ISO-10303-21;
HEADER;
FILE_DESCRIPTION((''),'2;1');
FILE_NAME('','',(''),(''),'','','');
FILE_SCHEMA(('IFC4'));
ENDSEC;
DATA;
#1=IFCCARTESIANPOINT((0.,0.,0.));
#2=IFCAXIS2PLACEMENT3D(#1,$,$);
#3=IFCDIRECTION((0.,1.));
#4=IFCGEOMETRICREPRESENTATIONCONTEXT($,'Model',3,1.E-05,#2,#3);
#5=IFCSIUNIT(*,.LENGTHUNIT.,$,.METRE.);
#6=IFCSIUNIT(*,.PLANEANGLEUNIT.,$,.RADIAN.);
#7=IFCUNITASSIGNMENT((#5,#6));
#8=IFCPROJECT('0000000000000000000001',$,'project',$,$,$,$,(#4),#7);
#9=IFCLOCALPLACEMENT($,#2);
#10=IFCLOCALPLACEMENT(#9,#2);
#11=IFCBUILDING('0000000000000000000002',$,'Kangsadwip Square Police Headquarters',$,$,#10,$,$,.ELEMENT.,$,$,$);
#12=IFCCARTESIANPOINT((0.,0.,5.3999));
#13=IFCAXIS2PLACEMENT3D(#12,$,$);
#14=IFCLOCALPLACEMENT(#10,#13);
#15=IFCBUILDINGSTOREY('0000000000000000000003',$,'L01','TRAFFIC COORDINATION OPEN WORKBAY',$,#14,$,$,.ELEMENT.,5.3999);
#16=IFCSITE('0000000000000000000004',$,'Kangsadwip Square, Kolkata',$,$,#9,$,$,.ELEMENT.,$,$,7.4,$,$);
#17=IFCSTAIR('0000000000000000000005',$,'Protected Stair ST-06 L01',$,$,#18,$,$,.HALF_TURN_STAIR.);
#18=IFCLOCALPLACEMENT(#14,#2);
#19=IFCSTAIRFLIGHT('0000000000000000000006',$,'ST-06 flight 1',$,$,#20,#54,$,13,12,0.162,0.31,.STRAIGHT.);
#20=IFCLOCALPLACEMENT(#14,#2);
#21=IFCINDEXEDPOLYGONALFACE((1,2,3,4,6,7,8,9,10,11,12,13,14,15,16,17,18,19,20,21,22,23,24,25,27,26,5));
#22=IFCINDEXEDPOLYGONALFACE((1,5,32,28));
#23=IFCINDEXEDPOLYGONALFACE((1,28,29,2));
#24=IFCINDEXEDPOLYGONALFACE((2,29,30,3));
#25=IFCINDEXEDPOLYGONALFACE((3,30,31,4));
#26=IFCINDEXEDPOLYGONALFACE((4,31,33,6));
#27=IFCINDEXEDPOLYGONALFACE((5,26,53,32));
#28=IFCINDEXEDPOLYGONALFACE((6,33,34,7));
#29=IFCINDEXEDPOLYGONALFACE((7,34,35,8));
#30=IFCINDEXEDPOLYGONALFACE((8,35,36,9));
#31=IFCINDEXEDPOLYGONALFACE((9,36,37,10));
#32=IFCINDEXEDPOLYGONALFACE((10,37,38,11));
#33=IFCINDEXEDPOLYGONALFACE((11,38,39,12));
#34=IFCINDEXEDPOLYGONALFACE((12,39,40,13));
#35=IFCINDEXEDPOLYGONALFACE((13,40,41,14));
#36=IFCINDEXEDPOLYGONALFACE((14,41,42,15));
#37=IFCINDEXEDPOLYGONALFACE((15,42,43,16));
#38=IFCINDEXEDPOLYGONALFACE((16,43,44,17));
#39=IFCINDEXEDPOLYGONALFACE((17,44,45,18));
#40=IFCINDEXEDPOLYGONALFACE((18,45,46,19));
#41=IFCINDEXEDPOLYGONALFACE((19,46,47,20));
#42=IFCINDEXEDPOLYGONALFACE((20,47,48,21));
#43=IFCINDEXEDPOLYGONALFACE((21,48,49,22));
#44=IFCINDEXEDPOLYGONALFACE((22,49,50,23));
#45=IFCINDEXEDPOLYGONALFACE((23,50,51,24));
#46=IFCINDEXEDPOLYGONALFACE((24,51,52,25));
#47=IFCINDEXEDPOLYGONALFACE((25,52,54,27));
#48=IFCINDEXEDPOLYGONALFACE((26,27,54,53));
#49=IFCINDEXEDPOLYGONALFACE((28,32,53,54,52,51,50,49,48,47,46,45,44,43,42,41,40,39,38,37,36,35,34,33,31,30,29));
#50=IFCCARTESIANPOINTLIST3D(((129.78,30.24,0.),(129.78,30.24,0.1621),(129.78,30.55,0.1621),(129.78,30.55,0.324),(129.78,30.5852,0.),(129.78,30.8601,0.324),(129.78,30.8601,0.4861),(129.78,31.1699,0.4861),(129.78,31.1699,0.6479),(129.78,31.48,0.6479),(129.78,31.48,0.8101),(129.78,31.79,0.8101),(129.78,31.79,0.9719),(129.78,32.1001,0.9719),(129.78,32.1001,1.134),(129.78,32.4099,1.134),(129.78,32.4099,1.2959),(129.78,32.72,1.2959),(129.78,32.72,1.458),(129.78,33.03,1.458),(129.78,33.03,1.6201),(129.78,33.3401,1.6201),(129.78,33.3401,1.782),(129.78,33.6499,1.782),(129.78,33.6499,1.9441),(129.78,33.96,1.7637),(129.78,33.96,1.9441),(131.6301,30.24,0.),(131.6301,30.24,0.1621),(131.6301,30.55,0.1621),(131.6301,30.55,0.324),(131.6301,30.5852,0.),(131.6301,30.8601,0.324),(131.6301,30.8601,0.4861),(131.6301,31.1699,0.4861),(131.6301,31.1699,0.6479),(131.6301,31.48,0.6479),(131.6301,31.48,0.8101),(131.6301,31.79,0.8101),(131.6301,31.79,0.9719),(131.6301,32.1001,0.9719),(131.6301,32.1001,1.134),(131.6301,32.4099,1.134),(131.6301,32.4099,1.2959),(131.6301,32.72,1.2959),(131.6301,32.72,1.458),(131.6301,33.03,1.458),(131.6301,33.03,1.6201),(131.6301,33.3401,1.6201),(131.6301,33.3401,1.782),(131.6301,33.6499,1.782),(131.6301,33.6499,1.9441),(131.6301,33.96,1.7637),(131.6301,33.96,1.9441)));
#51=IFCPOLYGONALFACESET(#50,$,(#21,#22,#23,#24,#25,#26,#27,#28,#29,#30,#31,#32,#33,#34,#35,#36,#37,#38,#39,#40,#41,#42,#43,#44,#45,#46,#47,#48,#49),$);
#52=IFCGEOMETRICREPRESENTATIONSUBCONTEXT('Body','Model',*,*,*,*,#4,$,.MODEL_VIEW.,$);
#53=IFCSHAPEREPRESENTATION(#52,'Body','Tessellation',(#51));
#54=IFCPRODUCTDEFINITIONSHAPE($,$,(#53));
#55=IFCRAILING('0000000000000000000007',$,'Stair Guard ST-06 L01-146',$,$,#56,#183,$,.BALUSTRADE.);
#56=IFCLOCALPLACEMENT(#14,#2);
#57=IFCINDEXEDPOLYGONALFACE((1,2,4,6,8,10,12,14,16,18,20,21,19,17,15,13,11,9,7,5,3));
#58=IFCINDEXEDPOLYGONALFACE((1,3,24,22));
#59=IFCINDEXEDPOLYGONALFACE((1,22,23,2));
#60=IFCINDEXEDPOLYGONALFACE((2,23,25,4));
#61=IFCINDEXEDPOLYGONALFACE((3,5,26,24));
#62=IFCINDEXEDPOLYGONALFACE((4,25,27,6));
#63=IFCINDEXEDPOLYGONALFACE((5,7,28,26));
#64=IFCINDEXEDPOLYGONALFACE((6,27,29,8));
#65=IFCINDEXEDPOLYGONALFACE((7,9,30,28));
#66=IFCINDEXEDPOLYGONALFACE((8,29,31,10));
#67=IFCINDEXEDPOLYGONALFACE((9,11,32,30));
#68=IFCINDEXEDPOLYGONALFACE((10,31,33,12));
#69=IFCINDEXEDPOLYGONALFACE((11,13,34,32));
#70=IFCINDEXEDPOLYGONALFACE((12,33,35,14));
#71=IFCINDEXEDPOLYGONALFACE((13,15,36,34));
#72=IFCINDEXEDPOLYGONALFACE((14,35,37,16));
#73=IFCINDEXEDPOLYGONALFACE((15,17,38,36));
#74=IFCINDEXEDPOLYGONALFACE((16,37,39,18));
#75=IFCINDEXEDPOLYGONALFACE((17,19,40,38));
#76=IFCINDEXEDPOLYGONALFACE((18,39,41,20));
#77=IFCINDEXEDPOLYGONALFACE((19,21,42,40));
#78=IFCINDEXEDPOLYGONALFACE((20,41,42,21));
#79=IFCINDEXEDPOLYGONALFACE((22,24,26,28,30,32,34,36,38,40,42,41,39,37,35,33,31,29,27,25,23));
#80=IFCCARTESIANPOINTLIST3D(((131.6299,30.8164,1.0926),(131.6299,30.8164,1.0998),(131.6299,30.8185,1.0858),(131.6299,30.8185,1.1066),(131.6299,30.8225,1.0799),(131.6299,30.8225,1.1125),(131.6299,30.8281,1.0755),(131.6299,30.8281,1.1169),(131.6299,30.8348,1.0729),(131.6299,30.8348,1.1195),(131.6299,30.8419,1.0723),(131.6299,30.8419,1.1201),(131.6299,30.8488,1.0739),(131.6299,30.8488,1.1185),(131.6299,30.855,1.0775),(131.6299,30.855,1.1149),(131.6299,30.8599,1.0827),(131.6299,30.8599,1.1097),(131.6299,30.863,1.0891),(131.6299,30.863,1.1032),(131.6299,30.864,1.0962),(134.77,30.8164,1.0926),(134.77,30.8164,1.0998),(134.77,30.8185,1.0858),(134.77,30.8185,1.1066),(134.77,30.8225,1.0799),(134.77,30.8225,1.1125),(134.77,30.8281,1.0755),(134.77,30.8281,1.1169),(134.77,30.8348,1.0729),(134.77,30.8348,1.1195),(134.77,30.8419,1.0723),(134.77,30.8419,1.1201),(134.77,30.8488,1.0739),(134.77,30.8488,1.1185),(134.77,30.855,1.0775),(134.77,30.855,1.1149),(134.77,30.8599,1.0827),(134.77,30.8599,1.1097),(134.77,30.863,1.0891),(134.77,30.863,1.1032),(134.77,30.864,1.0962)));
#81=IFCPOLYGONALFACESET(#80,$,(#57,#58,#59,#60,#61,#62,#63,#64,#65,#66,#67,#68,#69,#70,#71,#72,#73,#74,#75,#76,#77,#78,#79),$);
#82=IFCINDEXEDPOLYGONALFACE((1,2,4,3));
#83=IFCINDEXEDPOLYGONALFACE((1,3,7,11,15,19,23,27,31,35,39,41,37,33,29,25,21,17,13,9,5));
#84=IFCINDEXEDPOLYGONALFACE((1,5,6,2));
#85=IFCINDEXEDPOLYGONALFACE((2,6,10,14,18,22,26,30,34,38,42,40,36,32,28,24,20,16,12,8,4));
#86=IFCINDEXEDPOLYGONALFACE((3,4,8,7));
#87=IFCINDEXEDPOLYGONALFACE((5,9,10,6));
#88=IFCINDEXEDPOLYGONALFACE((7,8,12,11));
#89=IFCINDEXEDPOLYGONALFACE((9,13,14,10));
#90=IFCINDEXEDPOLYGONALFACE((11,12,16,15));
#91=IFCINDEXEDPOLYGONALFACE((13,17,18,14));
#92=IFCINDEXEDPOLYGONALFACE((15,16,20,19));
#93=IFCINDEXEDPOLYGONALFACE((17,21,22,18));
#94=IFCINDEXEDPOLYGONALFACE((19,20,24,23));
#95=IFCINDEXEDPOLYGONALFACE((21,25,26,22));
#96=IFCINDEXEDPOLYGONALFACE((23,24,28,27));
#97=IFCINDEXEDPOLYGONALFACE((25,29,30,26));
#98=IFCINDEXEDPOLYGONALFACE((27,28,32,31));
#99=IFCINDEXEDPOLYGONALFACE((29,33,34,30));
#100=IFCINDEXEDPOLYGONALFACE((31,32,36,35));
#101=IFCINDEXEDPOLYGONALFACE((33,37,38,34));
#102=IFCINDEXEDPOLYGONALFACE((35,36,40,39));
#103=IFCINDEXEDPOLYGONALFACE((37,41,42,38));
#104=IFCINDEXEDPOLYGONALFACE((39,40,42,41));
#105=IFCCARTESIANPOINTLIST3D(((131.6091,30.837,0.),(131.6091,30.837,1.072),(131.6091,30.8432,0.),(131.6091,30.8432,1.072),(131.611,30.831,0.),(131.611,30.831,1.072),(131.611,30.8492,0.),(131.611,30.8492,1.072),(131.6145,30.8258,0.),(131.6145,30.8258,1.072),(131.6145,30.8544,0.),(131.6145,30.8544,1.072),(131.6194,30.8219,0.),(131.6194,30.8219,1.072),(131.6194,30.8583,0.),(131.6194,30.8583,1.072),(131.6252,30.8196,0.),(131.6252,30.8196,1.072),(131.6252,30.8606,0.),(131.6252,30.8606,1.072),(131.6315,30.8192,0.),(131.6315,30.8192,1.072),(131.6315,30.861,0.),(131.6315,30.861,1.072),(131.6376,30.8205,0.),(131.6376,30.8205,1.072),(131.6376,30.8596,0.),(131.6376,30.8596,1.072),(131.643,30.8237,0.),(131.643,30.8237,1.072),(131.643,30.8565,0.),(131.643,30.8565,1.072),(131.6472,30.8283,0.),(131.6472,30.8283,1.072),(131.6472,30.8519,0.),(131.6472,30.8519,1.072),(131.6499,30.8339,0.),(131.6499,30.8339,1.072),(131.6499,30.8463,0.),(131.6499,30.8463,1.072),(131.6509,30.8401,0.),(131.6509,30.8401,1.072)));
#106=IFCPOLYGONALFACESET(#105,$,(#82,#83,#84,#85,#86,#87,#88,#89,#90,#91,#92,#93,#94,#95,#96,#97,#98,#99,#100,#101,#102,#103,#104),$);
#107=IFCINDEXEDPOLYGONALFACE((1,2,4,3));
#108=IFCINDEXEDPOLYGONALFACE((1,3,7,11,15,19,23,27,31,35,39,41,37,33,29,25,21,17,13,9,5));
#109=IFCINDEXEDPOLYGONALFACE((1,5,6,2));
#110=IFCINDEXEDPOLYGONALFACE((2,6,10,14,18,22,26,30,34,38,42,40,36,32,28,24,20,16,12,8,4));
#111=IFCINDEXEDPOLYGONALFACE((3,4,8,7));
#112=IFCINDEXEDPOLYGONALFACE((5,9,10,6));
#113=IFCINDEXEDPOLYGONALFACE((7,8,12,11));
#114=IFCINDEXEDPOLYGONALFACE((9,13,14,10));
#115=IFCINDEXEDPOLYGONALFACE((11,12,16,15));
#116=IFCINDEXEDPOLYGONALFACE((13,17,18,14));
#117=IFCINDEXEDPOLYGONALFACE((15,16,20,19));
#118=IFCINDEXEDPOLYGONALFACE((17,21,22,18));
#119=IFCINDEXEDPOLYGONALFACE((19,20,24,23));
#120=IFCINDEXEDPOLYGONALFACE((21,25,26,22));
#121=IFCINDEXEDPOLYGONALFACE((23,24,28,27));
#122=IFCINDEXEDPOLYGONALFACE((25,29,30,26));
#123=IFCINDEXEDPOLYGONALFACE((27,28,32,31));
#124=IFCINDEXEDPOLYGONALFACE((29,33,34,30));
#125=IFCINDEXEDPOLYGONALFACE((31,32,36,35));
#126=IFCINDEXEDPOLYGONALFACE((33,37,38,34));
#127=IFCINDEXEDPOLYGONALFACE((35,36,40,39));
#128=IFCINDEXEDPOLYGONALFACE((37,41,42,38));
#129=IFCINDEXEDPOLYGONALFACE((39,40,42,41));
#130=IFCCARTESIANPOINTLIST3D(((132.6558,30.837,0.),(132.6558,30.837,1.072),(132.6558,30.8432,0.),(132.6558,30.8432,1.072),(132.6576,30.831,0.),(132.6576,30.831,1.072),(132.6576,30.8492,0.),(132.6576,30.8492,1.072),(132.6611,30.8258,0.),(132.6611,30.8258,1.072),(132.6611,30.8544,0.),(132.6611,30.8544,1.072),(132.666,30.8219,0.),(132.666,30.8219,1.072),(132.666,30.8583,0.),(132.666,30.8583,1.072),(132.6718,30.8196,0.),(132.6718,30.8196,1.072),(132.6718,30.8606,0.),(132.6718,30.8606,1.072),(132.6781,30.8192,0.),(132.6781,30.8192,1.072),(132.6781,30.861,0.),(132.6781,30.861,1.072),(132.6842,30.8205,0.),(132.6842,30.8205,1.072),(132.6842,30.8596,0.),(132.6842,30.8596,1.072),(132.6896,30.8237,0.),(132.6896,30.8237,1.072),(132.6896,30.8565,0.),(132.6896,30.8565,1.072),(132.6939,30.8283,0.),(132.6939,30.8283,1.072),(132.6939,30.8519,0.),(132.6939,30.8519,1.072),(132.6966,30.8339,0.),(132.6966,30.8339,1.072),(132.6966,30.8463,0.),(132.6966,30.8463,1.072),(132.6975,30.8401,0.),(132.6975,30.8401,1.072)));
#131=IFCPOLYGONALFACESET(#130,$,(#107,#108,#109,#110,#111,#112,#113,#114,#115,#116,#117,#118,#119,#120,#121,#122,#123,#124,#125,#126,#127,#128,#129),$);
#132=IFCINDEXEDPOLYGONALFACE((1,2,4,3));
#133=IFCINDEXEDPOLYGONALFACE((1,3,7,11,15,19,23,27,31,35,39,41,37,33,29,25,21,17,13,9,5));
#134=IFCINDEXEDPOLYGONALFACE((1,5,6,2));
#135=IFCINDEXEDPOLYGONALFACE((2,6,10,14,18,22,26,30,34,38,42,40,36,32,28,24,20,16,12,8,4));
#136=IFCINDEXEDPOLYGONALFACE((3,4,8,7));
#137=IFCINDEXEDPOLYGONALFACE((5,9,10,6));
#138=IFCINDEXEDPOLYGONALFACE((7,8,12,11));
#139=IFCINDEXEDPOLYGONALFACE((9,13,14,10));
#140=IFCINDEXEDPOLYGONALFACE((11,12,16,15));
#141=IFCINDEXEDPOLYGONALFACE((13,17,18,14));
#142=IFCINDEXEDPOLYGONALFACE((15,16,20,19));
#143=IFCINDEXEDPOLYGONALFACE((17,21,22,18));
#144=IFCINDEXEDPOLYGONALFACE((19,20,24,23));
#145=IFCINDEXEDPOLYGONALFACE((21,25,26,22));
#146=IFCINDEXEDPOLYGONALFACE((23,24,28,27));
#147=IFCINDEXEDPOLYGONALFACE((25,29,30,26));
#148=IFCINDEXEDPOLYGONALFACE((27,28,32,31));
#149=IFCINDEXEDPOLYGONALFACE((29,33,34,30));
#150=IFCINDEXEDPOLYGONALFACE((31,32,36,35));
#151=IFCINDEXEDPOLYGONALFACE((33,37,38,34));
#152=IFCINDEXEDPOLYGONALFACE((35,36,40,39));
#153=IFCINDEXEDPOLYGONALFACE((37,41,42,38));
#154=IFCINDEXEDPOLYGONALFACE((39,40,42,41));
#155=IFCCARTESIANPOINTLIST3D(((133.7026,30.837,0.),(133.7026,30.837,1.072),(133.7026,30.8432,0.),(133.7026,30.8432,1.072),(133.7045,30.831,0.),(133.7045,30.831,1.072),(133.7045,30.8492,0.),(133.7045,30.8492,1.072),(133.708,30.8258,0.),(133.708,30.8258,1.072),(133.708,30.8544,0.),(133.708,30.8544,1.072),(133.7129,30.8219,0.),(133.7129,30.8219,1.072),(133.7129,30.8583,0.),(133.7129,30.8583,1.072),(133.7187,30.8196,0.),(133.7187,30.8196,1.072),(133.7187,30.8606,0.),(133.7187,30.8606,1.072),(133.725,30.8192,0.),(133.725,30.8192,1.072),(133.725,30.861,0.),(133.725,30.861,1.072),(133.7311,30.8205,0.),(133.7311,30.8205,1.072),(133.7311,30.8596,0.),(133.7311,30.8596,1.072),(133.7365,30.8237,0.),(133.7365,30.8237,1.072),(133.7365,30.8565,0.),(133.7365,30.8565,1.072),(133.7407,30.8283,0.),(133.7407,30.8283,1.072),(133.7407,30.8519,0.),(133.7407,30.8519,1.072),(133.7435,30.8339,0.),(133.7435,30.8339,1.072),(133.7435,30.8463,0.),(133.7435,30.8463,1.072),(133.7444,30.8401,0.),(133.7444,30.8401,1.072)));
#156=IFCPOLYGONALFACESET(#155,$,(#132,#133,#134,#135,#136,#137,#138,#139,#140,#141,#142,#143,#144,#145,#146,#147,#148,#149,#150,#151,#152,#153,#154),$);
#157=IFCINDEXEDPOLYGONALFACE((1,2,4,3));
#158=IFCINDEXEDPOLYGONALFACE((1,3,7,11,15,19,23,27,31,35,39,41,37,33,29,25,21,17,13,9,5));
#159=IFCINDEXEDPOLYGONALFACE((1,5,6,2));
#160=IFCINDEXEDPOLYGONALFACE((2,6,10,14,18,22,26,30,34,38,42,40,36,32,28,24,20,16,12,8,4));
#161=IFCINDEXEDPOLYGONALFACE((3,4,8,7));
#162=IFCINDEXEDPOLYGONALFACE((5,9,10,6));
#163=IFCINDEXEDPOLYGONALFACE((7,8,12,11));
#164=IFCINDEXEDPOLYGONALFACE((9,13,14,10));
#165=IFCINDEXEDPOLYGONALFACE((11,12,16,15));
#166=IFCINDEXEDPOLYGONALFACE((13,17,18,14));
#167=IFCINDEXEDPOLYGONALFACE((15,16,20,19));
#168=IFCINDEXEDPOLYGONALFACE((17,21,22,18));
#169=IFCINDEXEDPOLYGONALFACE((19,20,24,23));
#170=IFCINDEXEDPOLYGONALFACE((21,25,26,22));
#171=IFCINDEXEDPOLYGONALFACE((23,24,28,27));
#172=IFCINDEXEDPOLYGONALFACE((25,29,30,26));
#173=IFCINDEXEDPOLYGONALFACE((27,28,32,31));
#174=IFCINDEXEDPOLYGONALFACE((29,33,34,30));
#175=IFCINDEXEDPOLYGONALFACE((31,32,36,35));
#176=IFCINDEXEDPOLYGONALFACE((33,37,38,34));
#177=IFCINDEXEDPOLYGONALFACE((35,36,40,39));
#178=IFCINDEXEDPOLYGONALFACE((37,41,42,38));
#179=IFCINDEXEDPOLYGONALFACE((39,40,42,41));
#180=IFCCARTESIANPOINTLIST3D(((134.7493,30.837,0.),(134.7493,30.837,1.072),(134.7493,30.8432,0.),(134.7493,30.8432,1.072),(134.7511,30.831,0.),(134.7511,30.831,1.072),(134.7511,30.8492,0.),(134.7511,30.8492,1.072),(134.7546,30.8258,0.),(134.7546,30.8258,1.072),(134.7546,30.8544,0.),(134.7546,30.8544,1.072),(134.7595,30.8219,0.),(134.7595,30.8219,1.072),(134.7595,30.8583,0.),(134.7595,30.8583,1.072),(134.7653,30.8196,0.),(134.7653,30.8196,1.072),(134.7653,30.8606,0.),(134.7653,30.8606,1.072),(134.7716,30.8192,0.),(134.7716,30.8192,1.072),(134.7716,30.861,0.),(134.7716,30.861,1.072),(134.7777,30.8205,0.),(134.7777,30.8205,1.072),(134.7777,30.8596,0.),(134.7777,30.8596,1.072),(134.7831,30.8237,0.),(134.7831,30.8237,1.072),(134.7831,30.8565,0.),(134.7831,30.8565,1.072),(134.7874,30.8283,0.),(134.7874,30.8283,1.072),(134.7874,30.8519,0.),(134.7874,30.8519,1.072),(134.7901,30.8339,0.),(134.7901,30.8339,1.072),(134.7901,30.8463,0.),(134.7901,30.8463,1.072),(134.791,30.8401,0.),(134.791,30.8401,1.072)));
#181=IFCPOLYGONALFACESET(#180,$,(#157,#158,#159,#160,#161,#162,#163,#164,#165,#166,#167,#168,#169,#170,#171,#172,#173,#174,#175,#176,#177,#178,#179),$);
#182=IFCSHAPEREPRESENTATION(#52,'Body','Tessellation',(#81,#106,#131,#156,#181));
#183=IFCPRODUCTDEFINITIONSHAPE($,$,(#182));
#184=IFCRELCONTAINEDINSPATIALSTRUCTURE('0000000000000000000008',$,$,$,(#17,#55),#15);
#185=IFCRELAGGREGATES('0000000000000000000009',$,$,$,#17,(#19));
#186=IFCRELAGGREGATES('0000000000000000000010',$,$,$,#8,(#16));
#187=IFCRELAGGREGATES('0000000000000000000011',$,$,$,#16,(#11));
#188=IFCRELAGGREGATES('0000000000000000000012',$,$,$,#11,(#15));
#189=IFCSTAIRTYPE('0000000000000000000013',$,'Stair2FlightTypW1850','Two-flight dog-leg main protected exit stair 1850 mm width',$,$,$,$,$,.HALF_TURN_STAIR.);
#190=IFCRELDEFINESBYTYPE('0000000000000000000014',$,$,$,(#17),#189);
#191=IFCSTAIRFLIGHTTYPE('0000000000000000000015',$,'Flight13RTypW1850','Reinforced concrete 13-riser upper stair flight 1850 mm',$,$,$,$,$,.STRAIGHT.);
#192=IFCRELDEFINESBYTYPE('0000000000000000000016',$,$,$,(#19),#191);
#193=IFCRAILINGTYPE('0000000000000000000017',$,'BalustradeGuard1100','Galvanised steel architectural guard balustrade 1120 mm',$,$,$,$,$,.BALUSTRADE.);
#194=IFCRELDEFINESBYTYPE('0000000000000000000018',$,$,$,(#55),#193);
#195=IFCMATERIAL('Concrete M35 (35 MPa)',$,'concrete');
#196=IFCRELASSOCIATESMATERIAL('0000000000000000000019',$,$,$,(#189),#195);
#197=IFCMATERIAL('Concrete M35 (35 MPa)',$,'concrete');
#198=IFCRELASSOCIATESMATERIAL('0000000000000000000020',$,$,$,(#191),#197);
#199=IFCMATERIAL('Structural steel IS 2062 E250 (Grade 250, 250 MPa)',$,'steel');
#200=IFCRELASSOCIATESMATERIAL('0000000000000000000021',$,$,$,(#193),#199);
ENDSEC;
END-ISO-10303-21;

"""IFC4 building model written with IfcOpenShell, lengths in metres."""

from ifc_helpers import new_model, si_unit, direction, frame, origin, origin_2d, place, context, subcontext, project, spatial, polyline, circle, outline, extrude, material, type_object, element, aggregate, save


model = new_model("IFC4")

# Units and contexts
model_context = context("Model", 3, precision=1e-05, world=origin(), true_north=direction((0.0, 1.0)))
body_context = subcontext(model_context, "Body", "Model", "MODEL_VIEW")
ifc_project = project(units=[si_unit("LENGTHUNIT", "METRE"), si_unit("PLANEANGLEUNIT", "RADIAN")], contexts=[model_context])

# Site, building, storey
site_placement = place(None, origin())
site = spatial("IfcSite", under=ifc_project, at=site_placement, Name="Kangsadwip Square, Kolkata", CompositionType="ELEMENT", RefElevation=7.4)
building_placement = place(site_placement, origin())
building = spatial("IfcBuilding", under=site, at=building_placement, Name="Kangsadwip Square Police Headquarters", CompositionType="ELEMENT")
storey_placement = place(building_placement, frame((0.0, 0.0, 5.3999)))
storey = spatial("IfcBuildingStorey", under=building, at=storey_placement, Name="L01", Description="TRAFFIC COORDINATION OPEN WORKBAY", CompositionType="ELEMENT", Elevation=5.3999)

# Stair, stair flight
ifc_material_1 = material(Name="Concrete M35 (35 MPa)", Category="concrete")
stair_type = type_object("IfcStairType", Name="Stair2FlightTypW1850", Description="Two-flight dog-leg main protected exit stair 1850 mm width", PredefinedType="HALF_TURN_STAIR", material=ifc_material_1)
stair_placement = place(storey_placement, origin())
stair = element("IfcStair", 1, at=stair_placement, inside=storey, type_object=stair_type, Name="Protected Stair ST-06 L01", PredefinedType="HALF_TURN_STAIR")
ifc_material_2 = material(Name="Concrete M35 (35 MPa)", Category="concrete")
stair_flight_type = type_object("IfcStairFlightType", Name="Flight13RTypW1850", Description="Reinforced concrete 13-riser upper stair flight 1850 mm", PredefinedType="STRAIGHT", material=ifc_material_2)
stair_flight_placement = place(storey_placement, frame((130.7051, 30.24, 0.0), z_axis=(0.0, 0.0, 1.0), x_axis=(0.0, 1.0, 0.0)))
stair_flight = element("IfcStairFlight", 2, at=stair_flight_placement, type_object=stair_flight_type, Name="ST-06 flight 1", NumberOfRisers=13, NumberOfTreads=12, PredefinedType="STRAIGHT", RiserHeight=0.162, TreadLength=0.31, context=body_context, shape_type="SweptSolid", body=[
    extrude(outline(polyline([(0.0, 0.0), (0.0, 0.1621), (0.3101, 0.1621), (0.3101, 0.324), (0.6201, 0.324), (0.6201, 0.4861), (0.9299, 0.4861), (0.9299, 0.6479), (1.24, 0.6479), (1.24, 0.8101), (1.55, 0.8101), (1.55, 0.9719), (1.8601, 0.9719), (1.8601, 1.134), (2.1699, 1.134), (2.1699, 1.2959), (2.48, 1.2959), (2.48, 1.458), (2.79, 1.458), (2.79, 1.6201), (3.1001, 1.6201), (3.1001, 1.782), (3.4099, 1.782), (3.4099, 1.9441), (3.72, 1.9441), (3.72, 2.106), (3.72, 1.7637), (0.3452, 0.0), (0.0, 0.0)])), frame((0.0, 0.925, 0.0), z_axis=(0.0, -1.0, 0.0), x_axis=(1.0, 0.0, 0.0)), (0.0, 0.0, 1.0), 1.8501),
])
aggregate(stair, [stair_flight])

# Railing
ifc_material_3 = material(Name="Structural steel IS 2062 E250 (Grade 250, 250 MPa)", Category="steel")
railing_type_1 = type_object("IfcRailingType", Name="BalustradeGuard1100", Description="Galvanised steel architectural guard balustrade 1120 mm", PredefinedType="BALUSTRADE", material=ifc_material_3)
for number, where, name in (
    (3, (131.6299, 30.8401, 0.0), "Stair Guard ST-06 L01-146"),
):
    element("IfcRailing", number, at=place(storey_placement, frame(where)), inside=storey, type_object=railing_type_1, Name=name, PredefinedType="BALUSTRADE", context=body_context, shape_type="SweptSolid", body=[
        extrude(circle(Radius=0.0239, at=origin_2d()), frame((0.0, 0.0, 1.0962), z_axis=(1.0, 0.0, 0.0), x_axis=(0.0, 1.0, 0.0)), (0.0, 0.0, 1.0), 3.1401),
        extrude(circle(Radius=0.021, at=origin_2d()), origin(), (0.0, 0.0, 1.0), 1.072),
        extrude(circle(Radius=0.021, at=origin_2d()), frame((1.0466, 0.0, 0.0)), (0.0, 0.0, 1.0), 1.072),
        extrude(circle(Radius=0.021, at=origin_2d()), frame((2.0935, 0.0, 0.0)), (0.0, 0.0, 1.0), 1.072),
        extrude(circle(Radius=0.021, at=origin_2d()), frame((3.1401, 0.0, 0.0)), (0.0, 0.0, 1.0), 1.072),
    ])

save(model, "model.ifc")
